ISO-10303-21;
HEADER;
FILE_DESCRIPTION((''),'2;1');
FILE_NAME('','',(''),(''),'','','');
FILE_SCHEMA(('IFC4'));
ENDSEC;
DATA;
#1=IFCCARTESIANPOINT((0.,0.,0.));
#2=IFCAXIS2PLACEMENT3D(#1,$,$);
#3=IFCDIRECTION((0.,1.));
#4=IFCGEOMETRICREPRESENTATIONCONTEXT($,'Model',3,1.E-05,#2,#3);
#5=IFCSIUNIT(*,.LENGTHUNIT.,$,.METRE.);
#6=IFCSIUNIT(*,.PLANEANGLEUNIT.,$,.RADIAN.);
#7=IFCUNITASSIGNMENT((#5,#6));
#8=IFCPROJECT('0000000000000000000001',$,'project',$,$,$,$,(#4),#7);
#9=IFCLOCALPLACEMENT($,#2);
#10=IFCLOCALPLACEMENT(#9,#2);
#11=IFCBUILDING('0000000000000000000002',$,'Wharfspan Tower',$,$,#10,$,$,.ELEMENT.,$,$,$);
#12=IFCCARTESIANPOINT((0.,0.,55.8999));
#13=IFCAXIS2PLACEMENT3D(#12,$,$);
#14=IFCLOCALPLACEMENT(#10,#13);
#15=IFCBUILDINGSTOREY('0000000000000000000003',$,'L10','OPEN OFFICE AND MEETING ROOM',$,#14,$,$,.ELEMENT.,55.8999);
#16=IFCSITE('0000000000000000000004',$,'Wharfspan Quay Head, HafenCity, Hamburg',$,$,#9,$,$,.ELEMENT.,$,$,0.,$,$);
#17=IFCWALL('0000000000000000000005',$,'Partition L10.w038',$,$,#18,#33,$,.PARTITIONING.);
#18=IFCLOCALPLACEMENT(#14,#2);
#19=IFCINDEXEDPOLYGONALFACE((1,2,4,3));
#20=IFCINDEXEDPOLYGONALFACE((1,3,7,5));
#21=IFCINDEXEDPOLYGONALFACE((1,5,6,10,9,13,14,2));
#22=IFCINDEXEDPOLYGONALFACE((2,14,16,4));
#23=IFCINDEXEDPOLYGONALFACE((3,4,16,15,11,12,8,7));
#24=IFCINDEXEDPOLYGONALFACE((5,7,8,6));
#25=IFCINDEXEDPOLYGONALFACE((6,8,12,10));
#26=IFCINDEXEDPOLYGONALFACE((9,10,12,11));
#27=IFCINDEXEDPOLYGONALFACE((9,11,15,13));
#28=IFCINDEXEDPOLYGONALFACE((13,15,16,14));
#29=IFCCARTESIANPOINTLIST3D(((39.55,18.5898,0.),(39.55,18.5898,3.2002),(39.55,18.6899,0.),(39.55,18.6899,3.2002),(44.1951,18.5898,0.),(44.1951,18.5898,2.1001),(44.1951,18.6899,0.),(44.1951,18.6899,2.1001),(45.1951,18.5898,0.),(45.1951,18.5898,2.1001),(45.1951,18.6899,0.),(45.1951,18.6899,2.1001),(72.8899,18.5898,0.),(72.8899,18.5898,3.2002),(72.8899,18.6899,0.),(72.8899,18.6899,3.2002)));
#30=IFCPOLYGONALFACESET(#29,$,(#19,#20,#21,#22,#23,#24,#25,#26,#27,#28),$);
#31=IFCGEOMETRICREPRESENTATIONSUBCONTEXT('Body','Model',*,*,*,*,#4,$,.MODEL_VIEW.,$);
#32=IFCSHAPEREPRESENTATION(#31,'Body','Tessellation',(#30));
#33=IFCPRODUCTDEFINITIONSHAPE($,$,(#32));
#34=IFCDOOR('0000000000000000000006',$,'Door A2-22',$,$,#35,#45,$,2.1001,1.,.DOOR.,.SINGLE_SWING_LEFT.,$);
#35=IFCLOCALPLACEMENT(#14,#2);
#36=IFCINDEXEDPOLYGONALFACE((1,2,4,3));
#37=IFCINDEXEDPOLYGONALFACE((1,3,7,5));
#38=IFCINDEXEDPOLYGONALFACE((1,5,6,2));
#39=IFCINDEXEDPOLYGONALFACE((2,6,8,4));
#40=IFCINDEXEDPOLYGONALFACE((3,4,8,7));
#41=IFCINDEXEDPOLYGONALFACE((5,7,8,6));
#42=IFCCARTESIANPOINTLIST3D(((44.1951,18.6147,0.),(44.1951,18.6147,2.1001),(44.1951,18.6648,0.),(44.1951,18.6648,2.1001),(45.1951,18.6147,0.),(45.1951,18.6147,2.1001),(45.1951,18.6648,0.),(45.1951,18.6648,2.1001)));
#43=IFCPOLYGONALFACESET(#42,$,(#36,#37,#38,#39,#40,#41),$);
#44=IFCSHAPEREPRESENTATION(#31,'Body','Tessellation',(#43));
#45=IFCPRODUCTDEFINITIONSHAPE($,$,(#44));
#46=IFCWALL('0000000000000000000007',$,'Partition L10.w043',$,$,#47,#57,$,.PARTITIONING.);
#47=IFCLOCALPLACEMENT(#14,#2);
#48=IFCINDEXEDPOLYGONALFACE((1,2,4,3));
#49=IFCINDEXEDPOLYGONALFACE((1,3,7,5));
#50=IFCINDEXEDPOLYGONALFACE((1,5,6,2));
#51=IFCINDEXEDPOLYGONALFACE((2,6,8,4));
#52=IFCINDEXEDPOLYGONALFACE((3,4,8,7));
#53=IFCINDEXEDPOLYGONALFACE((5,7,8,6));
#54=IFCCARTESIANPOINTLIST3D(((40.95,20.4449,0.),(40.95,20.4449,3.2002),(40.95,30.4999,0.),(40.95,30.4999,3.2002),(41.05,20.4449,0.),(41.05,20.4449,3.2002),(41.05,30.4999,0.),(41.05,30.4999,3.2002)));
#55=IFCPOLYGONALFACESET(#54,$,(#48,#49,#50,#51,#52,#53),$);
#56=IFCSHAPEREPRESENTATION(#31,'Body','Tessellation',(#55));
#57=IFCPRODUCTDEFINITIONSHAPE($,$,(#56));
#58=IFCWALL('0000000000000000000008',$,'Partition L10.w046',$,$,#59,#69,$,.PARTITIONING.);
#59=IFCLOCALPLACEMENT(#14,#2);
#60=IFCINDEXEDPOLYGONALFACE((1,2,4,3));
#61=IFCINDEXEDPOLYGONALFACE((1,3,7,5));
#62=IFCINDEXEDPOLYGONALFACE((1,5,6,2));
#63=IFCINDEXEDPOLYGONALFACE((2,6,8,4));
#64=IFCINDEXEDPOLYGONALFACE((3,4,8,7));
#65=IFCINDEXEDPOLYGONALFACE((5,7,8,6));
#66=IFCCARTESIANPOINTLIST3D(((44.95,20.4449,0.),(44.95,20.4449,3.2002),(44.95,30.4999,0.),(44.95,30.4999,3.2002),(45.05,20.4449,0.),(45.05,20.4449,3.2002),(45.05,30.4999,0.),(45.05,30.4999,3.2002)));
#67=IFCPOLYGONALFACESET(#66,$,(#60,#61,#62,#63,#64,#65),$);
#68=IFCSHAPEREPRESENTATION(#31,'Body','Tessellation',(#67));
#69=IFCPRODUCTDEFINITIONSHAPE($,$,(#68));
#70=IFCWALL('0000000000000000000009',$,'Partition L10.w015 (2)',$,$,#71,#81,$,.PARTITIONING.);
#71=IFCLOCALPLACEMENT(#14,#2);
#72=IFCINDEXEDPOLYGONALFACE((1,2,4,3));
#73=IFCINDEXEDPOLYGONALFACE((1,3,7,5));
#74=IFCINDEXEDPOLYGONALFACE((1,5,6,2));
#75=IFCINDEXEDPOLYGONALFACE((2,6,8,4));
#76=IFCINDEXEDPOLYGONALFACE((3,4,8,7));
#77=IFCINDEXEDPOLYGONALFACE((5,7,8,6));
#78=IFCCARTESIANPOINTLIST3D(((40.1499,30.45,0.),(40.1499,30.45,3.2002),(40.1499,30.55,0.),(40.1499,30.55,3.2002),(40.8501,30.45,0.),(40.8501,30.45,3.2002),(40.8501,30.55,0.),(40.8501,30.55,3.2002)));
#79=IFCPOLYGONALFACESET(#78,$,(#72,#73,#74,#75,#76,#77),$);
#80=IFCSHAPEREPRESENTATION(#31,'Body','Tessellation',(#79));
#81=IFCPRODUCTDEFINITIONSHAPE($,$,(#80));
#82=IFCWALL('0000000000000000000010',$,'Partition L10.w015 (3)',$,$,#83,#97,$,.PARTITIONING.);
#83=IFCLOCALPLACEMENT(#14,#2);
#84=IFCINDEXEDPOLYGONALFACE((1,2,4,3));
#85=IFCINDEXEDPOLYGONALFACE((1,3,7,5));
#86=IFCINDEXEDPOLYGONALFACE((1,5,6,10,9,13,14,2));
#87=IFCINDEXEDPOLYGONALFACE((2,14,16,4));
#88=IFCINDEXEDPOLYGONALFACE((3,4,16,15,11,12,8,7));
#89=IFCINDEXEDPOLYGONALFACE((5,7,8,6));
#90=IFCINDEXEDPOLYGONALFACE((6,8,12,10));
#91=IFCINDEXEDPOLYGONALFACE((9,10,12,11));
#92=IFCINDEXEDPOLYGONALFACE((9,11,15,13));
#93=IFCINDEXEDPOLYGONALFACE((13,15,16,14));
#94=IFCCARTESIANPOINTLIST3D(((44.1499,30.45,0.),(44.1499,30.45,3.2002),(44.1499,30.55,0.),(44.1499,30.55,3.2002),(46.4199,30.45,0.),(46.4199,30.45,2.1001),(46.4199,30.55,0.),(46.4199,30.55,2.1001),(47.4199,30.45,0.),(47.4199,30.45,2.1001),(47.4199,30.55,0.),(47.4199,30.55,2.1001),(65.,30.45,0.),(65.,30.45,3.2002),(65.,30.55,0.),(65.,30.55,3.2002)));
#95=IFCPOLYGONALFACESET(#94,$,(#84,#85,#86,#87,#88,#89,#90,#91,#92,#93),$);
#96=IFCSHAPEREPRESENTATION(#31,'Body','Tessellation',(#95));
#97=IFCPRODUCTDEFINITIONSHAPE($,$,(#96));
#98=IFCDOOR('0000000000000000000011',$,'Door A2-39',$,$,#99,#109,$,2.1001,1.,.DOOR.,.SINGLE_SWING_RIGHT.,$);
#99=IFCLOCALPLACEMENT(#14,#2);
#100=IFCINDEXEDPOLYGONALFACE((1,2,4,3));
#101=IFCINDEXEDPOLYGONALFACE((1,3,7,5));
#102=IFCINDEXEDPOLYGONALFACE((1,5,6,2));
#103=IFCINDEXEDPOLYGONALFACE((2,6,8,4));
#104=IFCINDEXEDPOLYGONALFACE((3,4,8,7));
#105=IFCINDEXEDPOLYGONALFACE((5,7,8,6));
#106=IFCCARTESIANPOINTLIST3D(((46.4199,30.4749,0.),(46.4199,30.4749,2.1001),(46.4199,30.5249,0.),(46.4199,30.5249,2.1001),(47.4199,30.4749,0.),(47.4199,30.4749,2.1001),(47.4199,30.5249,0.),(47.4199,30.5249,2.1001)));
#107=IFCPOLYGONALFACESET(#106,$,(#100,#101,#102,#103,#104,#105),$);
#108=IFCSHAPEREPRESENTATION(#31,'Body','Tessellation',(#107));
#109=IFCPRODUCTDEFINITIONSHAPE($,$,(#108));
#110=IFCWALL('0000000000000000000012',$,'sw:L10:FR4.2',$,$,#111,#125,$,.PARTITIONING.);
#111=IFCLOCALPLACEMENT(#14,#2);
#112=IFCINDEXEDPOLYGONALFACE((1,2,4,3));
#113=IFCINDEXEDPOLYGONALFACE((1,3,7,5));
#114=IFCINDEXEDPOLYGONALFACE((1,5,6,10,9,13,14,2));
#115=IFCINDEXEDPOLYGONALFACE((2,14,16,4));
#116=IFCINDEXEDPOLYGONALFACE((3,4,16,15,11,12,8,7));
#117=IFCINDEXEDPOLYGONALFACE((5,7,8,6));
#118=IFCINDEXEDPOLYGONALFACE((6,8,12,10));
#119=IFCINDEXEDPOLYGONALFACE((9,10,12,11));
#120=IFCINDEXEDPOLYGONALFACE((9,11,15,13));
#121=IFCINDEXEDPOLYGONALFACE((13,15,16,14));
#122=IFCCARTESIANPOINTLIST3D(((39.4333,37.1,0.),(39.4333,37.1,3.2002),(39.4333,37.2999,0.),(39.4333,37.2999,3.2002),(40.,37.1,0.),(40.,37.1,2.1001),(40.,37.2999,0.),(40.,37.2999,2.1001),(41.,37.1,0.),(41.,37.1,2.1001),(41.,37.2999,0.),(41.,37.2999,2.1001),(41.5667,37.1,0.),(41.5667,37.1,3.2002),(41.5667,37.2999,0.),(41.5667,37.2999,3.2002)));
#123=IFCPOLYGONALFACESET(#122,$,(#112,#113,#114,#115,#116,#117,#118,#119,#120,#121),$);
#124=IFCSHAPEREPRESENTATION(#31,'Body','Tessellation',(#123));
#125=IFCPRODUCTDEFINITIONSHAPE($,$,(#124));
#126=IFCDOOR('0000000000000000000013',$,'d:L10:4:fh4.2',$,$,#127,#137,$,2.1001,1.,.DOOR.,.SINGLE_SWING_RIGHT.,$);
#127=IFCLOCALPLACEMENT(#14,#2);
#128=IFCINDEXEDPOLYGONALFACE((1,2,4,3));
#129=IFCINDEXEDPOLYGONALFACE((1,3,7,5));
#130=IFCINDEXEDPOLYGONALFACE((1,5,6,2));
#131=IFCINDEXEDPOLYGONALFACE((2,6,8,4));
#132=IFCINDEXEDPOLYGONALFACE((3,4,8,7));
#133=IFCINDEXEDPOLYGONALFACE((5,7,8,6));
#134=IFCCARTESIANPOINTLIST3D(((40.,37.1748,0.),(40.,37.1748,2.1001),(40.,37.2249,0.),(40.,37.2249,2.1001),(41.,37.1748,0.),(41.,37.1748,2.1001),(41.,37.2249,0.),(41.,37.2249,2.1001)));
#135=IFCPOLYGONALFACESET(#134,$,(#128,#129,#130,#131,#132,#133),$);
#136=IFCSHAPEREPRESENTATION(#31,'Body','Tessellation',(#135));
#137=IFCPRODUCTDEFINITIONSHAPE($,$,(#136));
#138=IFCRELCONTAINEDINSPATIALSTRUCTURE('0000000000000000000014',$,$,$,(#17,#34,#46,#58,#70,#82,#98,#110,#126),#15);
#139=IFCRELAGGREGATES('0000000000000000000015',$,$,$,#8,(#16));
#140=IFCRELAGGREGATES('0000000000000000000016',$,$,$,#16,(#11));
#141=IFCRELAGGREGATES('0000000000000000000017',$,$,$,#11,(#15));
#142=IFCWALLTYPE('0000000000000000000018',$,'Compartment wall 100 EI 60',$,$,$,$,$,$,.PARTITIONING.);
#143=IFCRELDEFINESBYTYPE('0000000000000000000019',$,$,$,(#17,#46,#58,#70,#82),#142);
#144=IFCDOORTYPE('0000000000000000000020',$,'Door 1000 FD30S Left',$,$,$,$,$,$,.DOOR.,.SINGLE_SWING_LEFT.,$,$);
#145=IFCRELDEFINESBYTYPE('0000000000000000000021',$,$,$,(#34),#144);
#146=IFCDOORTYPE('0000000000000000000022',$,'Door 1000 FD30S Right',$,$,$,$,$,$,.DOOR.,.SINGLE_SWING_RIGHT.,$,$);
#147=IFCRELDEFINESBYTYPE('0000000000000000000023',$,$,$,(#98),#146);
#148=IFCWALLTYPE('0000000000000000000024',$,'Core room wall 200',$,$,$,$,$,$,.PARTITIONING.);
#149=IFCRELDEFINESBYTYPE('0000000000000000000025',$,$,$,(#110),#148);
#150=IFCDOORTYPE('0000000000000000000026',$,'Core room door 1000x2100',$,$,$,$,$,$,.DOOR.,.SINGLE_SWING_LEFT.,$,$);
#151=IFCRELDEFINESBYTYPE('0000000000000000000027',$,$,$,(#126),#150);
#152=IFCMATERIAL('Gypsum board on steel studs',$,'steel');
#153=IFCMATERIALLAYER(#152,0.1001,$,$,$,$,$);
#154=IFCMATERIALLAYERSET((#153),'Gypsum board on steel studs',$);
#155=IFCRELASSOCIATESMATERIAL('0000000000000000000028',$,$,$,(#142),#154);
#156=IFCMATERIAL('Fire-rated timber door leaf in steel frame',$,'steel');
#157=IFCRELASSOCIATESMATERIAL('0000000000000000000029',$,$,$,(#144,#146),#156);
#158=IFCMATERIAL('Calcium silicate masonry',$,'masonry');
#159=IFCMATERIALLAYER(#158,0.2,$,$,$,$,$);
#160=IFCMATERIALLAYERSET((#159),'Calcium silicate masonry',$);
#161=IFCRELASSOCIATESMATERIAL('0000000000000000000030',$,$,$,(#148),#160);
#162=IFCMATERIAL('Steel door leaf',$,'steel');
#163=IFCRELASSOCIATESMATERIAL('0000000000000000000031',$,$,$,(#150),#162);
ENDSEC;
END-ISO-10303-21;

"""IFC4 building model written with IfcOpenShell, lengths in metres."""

from ifc_helpers import new_model, si_unit, direction, frame, frame_2d, origin, place, context, subcontext, project, spatial, rectangle, extrude, material, layer, layer_set, type_object, element, fill, save


model = new_model("IFC4")

# Units and contexts
model_context = context("Model", 3, precision=1e-05, world=origin(), true_north=direction((0.0, 1.0)))
body_context = subcontext(model_context, "Body", "Model", "MODEL_VIEW")
ifc_project = project(units=[si_unit("LENGTHUNIT", "METRE"), si_unit("PLANEANGLEUNIT", "RADIAN")], contexts=[model_context])

# Site, building, storey
site_placement = place(None, origin())
site = spatial("IfcSite", under=ifc_project, at=site_placement, Name="Wharfspan Quay Head, HafenCity, Hamburg", CompositionType="ELEMENT", RefElevation=0.0)
building_placement = place(site_placement, origin())
building = spatial("IfcBuilding", under=site, at=building_placement, Name="Wharfspan Tower", CompositionType="ELEMENT")
storey_placement = place(building_placement, frame((0.0, 0.0, 55.8999)))
storey = spatial("IfcBuildingStorey", under=building, at=storey_placement, Name="L10", Description="OPEN OFFICE AND MEETING ROOM", CompositionType="ELEMENT", Elevation=55.8999)

# Wall, opening, door
ifc_material_1 = material(Name="Gypsum board on steel studs", Category="steel")
ifc_layer_1 = layer(ifc_material_1, 0.1001)
ifc_layer_set_1 = layer_set([ifc_layer_1], Name="Gypsum board on steel studs")
wall_type_1 = type_object("IfcWallType", Name="Compartment wall 100 EI 60", PredefinedType="PARTITIONING", material=ifc_layer_set_1)
wall_1_placement = place(storey_placement, frame((39.55, 18.6399, 0.0), z_axis=(0.0, 0.0, 1.0), x_axis=(1.0, 0.0, 0.0)))
wall_1 = element("IfcWall", 1, at=wall_1_placement, inside=storey, type_object=wall_type_1, Name="Partition L10.w038", PredefinedType="PARTITIONING", context=body_context, shape_type="SweptSolid", body=[
    extrude(rectangle(XDim=33.3398, YDim=0.1001, at=frame_2d((16.6699, 0.0))), origin(), (0.0, 0.0, 1.0), 3.2002),
])
opening_1_placement = place(wall_1_placement, frame((4.645, 0.0, 0.0)))
opening_1 = element("IfcOpeningElement", 2, at=opening_1_placement, cuts=wall_1, PredefinedType="OPENING", context=body_context, shape_type="SweptSolid", body=[
    extrude(rectangle(XDim=1.0, YDim=2.1001, at=frame_2d((0.5, 1.05))), frame((0.0, 0.0601, 0.0), z_axis=(0.0, -1.0, 0.0), x_axis=(1.0, 0.0, 0.0)), (0.0, 0.0, 1.0), 0.1201),
])
ifc_material_2 = material(Name="Fire-rated timber door leaf in steel frame", Category="steel")
door_type_1 = type_object("IfcDoorType", Name="Door 1000 FD30S Left", OperationType="SINGLE_SWING_LEFT", PredefinedType="DOOR", material=ifc_material_2)
door_1_placement = place(opening_1_placement, origin())
door_1 = element("IfcDoor", 3, at=door_1_placement, inside=storey, type_object=door_type_1, Name="Door A2-22", OperationType="SINGLE_SWING_LEFT", OverallHeight=2.1001, OverallWidth=1.0, PredefinedType="DOOR", context=body_context, shape_type="SweptSolid", body=[
    extrude(rectangle(XDim=1.0, YDim=2.1001, at=frame_2d((0.5, 1.05))), frame((0.0, 0.0249, 0.0), z_axis=(0.0, -1.0, 0.0), x_axis=(1.0, 0.0, 0.0)), (0.0, 0.0, 1.0), 0.05),
])
fill(opening_1, door_1)

# Walls
for number, where, z_axis, x_axis, name in (
    (4, (41.0, 20.4451, 0.0), (0.0, 0.0, 1.0), (0.0, 1.0, 0.0), "Partition L10.w043"),
    (5, (45.0, 20.4451, 0.0), (0.0, 0.0, 1.0), (0.0, 1.0, 0.0), "Partition L10.w046"),
):
    element("IfcWall", number, at=place(storey_placement, frame(where, z_axis=z_axis, x_axis=x_axis)), inside=storey, type_object=wall_type_1, Name=name, PredefinedType="PARTITIONING", context=body_context, shape_type="SweptSolid", body=[
        extrude(rectangle(XDim=10.0549, YDim=0.1001, at=frame_2d((5.0273, 0.0))), origin(), (0.0, 0.0, 1.0), 3.2002),
    ])
wall_2_placement = place(storey_placement, frame((40.1499, 30.5, 0.0), z_axis=(0.0, 0.0, 1.0), x_axis=(1.0, 0.0, 0.0)))
element("IfcWall", 6, at=wall_2_placement, inside=storey, type_object=wall_type_1, Name="Partition L10.w015 (2)", PredefinedType="PARTITIONING", context=body_context, shape_type="SweptSolid", body=[
    extrude(rectangle(XDim=0.7002, YDim=0.1001, at=frame_2d((0.3501, 0.0))), origin(), (0.0, 0.0, 1.0), 3.2002),
])

# Walls, openings, doors
wall_3_placement = place(storey_placement, frame((44.1499, 30.5, 0.0), z_axis=(0.0, 0.0, 1.0), x_axis=(1.0, 0.0, 0.0)))
wall_3 = element("IfcWall", 7, at=wall_3_placement, inside=storey, type_object=wall_type_1, Name="Partition L10.w015 (3)", PredefinedType="PARTITIONING", context=body_context, shape_type="SweptSolid", body=[
    extrude(rectangle(XDim=20.8501, YDim=0.1001, at=frame_2d((10.425, 0.0))), origin(), (0.0, 0.0, 1.0), 3.2002),
])
opening_2_placement = place(wall_3_placement, frame((2.27, 0.0, 0.0)))
opening_2 = element("IfcOpeningElement", 8, at=opening_2_placement, cuts=wall_3, PredefinedType="OPENING", context=body_context, shape_type="SweptSolid", body=[
    extrude(rectangle(XDim=1.0, YDim=2.1001, at=frame_2d((0.5, 1.05))), frame((0.0, 0.0601, 0.0), z_axis=(0.0, -1.0, 0.0), x_axis=(1.0, 0.0, 0.0)), (0.0, 0.0, 1.0), 0.1201),
])
door_type_2 = type_object("IfcDoorType", Name="Door 1000 FD30S Right", OperationType="SINGLE_SWING_RIGHT", PredefinedType="DOOR", material=ifc_material_2)
door_2_placement = place(opening_2_placement, origin())
door_2 = element("IfcDoor", 9, at=door_2_placement, inside=storey, type_object=door_type_2, Name="Door A2-39", OperationType="SINGLE_SWING_RIGHT", OverallHeight=2.1001, OverallWidth=1.0, PredefinedType="DOOR", context=body_context, shape_type="SweptSolid", body=[
    extrude(rectangle(XDim=1.0, YDim=2.1001, at=frame_2d((0.5, 1.05))), frame((0.0, 0.0249, 0.0), z_axis=(0.0, -1.0, 0.0), x_axis=(1.0, 0.0, 0.0)), (0.0, 0.0, 1.0), 0.05),
])
fill(opening_2, door_2)
ifc_material_3 = material(Name="Calcium silicate masonry", Category="masonry")
ifc_layer_2 = layer(ifc_material_3, 0.2)
ifc_layer_set_2 = layer_set([ifc_layer_2], Name="Calcium silicate masonry")
wall_type_2 = type_object("IfcWallType", Name="Core room wall 200", PredefinedType="PARTITIONING", material=ifc_layer_set_2)
wall_4_placement = place(storey_placement, frame((39.4333, 37.2, 0.0), z_axis=(0.0, 0.0, 1.0), x_axis=(1.0, 0.0, 0.0)))
wall_4 = element("IfcWall", 10, at=wall_4_placement, inside=storey, type_object=wall_type_2, Name="sw:L10:FR4.2", PredefinedType="PARTITIONING", context=body_context, shape_type="SweptSolid", body=[
    extrude(rectangle(XDim=2.1333, YDim=0.2, at=frame_2d((1.0667, 0.0))), origin(), (0.0, 0.0, 1.0), 3.2002),
])
opening_3_placement = place(wall_4_placement, frame((0.5666, 0.0, 0.0)))
opening_3 = element("IfcOpeningElement", 11, at=opening_3_placement, cuts=wall_4, PredefinedType="OPENING", context=body_context, shape_type="SweptSolid", body=[
    extrude(rectangle(XDim=1.0, YDim=2.1001, at=frame_2d((0.5, 1.05))), frame((0.0, 0.1099, 0.0), z_axis=(0.0, -1.0, 0.0), x_axis=(1.0, 0.0, 0.0)), (0.0, 0.0, 1.0), 0.22),
])
ifc_material_4 = material(Name="Steel door leaf", Category="steel")
door_type_3 = type_object("IfcDoorType", Name="Core room door 1000x2100", OperationType="SINGLE_SWING_LEFT", PredefinedType="DOOR", material=ifc_material_4)
door_3_placement = place(opening_3_placement, origin())
door_3 = element("IfcDoor", 12, at=door_3_placement, inside=storey, type_object=door_type_3, Name="d:L10:4:fh4.2", OperationType="SINGLE_SWING_RIGHT", OverallHeight=2.1001, OverallWidth=1.0, PredefinedType="DOOR", context=body_context, shape_type="SweptSolid", body=[
    extrude(rectangle(XDim=1.0, YDim=2.1001, at=frame_2d((0.5, 1.05))), frame((0.0, 0.0249, 0.0), z_axis=(0.0, -1.0, 0.0), x_axis=(1.0, 0.0, 0.0)), (0.0, 0.0, 1.0), 0.05),
])
fill(opening_3, door_3)

save(model, "model.ifc")
